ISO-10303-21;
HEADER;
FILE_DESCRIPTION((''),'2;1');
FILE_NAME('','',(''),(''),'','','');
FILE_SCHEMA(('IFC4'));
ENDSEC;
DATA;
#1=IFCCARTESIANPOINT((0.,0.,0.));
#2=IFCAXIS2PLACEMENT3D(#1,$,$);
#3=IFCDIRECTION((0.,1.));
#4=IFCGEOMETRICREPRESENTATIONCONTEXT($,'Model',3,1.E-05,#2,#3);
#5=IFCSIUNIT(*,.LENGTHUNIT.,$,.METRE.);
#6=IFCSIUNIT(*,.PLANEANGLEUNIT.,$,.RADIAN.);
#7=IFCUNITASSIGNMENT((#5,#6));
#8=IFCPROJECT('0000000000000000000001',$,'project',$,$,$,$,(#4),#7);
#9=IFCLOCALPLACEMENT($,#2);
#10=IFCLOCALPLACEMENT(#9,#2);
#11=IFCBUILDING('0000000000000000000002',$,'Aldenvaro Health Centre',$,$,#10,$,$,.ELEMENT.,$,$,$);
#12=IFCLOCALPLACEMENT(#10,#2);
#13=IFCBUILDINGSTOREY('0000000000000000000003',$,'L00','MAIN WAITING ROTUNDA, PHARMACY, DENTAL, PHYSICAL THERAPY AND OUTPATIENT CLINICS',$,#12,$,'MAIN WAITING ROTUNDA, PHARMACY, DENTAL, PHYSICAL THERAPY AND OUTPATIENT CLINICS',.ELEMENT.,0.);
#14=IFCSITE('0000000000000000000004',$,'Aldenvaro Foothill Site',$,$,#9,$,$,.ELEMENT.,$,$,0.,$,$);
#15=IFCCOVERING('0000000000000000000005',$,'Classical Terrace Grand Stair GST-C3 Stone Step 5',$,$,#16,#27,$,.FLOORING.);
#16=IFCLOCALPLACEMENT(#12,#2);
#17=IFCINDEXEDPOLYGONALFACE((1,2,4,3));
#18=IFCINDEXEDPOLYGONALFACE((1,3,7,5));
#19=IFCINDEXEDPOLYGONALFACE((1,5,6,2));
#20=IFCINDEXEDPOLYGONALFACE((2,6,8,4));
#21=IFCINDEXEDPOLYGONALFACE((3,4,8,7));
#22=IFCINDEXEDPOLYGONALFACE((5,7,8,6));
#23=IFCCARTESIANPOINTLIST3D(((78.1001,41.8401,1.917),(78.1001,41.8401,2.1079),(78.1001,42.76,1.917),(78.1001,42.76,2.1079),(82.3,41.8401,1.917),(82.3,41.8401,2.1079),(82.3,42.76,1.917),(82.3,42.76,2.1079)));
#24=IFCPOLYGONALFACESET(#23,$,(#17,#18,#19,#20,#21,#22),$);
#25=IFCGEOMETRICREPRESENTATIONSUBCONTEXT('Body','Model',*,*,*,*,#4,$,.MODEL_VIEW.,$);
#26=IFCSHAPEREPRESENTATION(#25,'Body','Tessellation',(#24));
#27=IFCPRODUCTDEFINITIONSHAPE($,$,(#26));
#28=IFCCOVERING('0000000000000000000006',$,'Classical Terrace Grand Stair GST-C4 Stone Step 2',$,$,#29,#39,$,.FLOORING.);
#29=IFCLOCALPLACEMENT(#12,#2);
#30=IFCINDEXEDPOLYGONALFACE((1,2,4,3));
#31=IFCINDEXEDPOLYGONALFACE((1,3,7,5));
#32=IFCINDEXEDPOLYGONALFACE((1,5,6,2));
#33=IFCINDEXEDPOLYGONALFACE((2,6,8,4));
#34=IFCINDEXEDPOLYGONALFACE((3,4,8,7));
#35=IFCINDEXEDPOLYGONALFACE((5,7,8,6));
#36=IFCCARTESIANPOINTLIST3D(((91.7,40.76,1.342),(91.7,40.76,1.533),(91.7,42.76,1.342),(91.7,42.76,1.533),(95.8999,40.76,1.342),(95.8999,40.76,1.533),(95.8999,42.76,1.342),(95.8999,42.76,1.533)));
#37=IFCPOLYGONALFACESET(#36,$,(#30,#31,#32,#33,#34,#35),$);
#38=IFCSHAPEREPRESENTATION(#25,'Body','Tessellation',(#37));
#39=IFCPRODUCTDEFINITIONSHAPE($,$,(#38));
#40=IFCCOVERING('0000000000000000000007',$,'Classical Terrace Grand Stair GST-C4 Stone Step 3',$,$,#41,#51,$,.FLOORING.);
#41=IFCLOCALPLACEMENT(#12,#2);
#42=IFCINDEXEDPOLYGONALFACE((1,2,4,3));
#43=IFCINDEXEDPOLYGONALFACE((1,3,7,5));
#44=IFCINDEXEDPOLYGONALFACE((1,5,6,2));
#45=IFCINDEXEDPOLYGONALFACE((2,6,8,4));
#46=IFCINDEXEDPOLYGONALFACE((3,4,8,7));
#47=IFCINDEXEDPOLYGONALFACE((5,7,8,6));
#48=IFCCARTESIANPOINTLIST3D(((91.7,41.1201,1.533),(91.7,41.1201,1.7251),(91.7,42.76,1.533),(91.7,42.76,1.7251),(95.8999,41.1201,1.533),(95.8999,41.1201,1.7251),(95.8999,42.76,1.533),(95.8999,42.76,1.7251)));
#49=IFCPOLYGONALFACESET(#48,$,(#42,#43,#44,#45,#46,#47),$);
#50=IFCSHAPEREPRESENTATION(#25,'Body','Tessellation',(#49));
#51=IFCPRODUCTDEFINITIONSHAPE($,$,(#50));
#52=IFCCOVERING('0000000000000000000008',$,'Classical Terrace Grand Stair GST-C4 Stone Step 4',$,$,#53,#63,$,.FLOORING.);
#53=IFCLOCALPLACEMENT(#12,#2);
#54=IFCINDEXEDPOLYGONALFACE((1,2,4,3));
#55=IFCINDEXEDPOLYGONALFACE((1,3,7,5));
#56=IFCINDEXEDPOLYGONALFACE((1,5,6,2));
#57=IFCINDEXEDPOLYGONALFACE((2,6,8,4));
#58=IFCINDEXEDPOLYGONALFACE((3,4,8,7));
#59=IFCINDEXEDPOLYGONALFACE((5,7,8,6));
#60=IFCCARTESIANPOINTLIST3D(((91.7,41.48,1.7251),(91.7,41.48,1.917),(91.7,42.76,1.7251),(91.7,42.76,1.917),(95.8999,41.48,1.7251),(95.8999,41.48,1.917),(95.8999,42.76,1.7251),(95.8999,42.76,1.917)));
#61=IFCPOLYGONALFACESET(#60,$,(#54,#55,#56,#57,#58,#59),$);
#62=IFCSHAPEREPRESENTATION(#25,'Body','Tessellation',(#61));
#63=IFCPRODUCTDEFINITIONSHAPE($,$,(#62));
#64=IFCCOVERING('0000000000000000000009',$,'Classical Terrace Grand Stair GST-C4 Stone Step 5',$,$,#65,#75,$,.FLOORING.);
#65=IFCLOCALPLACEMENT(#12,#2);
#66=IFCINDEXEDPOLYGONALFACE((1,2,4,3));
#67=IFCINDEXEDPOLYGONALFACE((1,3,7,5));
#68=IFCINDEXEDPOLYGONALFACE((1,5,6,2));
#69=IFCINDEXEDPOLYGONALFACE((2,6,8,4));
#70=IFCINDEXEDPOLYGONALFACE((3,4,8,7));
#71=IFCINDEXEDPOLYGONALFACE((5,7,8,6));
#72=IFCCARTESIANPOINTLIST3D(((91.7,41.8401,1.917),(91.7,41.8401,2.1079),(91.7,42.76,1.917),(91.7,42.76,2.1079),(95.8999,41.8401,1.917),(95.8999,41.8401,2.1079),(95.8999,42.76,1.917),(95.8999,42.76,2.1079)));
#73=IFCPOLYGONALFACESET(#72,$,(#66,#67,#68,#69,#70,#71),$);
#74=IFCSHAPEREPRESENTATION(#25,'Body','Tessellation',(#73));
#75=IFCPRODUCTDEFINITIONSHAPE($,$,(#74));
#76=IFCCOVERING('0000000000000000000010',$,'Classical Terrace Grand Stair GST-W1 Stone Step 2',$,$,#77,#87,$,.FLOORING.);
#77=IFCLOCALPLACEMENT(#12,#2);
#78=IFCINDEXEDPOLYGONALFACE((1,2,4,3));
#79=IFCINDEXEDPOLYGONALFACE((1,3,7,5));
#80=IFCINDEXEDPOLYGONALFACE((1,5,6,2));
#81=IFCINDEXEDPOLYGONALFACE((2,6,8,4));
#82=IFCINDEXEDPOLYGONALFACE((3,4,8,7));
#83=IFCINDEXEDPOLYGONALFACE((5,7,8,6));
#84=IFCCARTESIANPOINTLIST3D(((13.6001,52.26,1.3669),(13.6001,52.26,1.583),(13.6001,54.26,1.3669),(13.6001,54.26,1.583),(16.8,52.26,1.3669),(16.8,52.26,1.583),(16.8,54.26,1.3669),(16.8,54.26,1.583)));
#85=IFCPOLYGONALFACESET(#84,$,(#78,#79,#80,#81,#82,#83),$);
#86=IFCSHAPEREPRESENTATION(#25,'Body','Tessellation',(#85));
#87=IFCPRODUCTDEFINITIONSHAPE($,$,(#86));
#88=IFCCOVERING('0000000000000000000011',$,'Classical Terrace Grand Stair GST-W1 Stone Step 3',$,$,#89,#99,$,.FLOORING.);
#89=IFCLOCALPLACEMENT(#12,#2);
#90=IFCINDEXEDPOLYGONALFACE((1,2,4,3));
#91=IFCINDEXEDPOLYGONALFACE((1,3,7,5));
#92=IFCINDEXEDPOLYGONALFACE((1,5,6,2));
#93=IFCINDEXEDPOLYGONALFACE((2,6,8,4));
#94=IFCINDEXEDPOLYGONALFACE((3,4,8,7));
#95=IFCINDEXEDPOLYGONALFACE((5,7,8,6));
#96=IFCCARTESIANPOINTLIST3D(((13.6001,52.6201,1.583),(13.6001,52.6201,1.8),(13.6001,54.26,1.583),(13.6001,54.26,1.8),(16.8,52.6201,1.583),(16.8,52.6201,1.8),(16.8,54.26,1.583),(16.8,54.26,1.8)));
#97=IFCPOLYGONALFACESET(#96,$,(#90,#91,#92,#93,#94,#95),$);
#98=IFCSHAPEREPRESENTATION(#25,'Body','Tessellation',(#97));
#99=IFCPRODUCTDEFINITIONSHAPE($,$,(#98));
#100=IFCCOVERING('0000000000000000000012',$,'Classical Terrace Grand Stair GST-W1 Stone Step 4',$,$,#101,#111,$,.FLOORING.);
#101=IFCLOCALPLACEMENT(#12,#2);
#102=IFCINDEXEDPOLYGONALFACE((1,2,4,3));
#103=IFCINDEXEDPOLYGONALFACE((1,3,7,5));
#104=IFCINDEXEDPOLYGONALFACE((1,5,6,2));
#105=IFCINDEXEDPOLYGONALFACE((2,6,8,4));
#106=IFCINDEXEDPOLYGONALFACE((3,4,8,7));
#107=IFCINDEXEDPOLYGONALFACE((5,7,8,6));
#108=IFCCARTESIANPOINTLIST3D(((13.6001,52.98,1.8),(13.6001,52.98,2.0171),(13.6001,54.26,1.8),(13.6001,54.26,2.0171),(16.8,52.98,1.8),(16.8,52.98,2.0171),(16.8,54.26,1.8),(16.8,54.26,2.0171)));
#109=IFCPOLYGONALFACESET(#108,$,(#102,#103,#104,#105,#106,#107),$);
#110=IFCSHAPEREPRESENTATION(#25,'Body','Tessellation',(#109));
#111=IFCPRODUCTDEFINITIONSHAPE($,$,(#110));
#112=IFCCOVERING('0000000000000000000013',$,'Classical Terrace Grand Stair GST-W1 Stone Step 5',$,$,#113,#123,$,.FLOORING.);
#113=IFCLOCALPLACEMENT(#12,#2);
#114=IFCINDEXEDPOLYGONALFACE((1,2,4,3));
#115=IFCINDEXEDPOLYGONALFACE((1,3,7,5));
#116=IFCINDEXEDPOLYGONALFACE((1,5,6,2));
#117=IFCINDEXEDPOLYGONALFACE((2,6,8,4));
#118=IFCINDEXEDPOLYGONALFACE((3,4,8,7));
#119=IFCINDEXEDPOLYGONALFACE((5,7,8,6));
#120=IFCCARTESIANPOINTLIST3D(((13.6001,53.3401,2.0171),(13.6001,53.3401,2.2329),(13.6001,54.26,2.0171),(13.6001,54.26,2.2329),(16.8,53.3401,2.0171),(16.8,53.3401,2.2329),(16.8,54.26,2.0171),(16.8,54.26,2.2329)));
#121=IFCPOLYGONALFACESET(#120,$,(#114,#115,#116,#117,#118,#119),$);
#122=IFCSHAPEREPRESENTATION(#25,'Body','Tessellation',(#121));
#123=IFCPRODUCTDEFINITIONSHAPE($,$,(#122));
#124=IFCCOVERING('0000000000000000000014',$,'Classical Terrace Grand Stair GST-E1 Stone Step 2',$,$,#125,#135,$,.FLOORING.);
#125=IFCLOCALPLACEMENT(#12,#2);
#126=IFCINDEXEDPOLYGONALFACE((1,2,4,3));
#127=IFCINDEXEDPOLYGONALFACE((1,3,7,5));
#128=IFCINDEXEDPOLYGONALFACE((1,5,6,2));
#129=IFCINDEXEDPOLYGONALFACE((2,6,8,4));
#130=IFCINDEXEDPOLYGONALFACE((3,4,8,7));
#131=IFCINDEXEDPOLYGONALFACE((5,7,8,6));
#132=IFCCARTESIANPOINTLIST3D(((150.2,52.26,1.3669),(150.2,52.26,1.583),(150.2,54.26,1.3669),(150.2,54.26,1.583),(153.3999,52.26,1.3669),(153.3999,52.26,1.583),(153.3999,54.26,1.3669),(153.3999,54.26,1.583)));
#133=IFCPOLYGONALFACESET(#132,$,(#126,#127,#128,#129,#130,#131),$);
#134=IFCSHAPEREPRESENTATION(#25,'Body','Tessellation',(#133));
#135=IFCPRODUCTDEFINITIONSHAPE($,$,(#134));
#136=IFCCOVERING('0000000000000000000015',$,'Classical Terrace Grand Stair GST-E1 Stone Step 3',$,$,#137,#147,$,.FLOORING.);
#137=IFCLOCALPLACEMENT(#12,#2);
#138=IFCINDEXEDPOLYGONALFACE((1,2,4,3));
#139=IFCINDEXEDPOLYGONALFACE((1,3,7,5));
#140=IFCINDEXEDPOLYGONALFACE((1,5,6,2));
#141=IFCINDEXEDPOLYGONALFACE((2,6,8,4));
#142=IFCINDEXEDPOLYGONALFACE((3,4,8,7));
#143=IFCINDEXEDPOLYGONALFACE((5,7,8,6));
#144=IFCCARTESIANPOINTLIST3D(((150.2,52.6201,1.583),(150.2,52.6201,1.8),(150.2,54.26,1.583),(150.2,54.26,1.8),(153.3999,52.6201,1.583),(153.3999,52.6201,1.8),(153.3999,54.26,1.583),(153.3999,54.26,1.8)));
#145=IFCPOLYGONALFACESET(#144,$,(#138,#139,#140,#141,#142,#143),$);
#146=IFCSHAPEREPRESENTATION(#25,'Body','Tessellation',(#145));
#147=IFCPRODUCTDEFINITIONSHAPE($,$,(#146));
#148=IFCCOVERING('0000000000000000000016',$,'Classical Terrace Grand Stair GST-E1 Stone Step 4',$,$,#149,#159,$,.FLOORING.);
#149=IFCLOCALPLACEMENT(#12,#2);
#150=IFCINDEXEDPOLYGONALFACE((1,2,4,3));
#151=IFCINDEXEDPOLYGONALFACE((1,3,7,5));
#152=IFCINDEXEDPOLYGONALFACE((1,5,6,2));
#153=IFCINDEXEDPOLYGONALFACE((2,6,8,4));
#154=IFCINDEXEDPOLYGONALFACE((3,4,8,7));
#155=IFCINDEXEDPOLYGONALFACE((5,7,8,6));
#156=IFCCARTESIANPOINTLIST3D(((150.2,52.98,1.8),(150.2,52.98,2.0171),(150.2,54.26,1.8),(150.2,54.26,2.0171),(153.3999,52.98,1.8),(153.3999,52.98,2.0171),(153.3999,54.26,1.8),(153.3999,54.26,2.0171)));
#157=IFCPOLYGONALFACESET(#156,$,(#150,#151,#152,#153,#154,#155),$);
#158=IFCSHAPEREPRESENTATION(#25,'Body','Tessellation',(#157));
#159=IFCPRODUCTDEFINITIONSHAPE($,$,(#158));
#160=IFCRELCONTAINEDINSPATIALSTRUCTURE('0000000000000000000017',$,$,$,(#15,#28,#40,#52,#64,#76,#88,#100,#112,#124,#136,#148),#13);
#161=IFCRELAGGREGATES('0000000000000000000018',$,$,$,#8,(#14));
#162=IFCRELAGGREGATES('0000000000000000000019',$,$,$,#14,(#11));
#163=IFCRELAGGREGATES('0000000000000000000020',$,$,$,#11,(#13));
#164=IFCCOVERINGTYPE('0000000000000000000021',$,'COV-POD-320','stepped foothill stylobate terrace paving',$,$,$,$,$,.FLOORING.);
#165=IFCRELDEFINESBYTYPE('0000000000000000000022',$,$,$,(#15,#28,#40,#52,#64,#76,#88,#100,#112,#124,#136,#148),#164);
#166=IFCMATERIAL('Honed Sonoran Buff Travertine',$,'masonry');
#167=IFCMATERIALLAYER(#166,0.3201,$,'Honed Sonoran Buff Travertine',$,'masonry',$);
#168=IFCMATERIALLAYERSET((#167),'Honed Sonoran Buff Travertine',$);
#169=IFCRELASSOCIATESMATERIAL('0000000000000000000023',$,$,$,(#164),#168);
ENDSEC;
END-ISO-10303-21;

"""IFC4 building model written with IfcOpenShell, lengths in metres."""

from ifc_helpers import new_model, si_unit, direction, frame, origin, place, context, subcontext, project, spatial, polyline, outline, extrude, material, layer, layer_set, type_object, element, save


model = new_model("IFC4")

# Units and contexts
model_context = context("Model", 3, precision=1e-05, world=origin(), true_north=direction((0.0, 1.0)))
body_context = subcontext(model_context, "Body", "Model", "MODEL_VIEW")
ifc_project = project(units=[si_unit("LENGTHUNIT", "METRE"), si_unit("PLANEANGLEUNIT", "RADIAN")], contexts=[model_context])

# Site, building, storey
site_placement = place(None, origin())
site = spatial("IfcSite", under=ifc_project, at=site_placement, Name="Aldenvaro Foothill Site", CompositionType="ELEMENT", RefElevation=0.0)
building_placement = place(site_placement, origin())
building = spatial("IfcBuilding", under=site, at=building_placement, Name="Aldenvaro Health Centre", CompositionType="ELEMENT")
storey_placement = place(building_placement, origin())
storey = spatial("IfcBuildingStorey", under=building, at=storey_placement, Name="L00", Description="MAIN WAITING ROTUNDA, PHARMACY, DENTAL, PHYSICAL THERAPY AND OUTPATIENT CLINICS", LongName="MAIN WAITING ROTUNDA, PHARMACY, DENTAL, PHYSICAL THERAPY AND OUTPATIENT CLINICS", CompositionType="ELEMENT", Elevation=0.0)

# Coverings
ifc_material_1 = material(Name="Honed Sonoran Buff Travertine", Category="masonry")
ifc_layer_1 = layer(ifc_material_1, 0.3201, Name="Honed Sonoran Buff Travertine", Category="masonry")
ifc_layer_set_1 = layer_set([ifc_layer_1], Name="Honed Sonoran Buff Travertine")
covering_type = type_object("IfcCoveringType", Name="COV-POD-320", Description="stepped foothill stylobate terrace paving", PredefinedType="FLOORING", material=ifc_layer_set_1)
covering_1_placement = place(storey_placement, frame((0.0, 0.0, 1.917)))
element("IfcCovering", 1, at=covering_1_placement, inside=storey, type_object=covering_type, Name="Classical Terrace Grand Stair GST-C3 Stone Step 5", PredefinedType="FLOORING", context=body_context, shape_type="SweptSolid", body=[
    extrude(outline(polyline([(78.1001, 41.8401), (82.3, 41.8401), (82.3, 42.76), (78.1001, 42.76), (78.1001, 41.8401)])), origin(), (0.0, 0.0, 1.0), 0.1909),
])
covering_2_placement = place(storey_placement, frame((0.0, 0.0, 1.342)))
element("IfcCovering", 2, at=covering_2_placement, inside=storey, type_object=covering_type, Name="Classical Terrace Grand Stair GST-C4 Stone Step 2", PredefinedType="FLOORING", context=body_context, shape_type="SweptSolid", body=[
    extrude(outline(polyline([(91.7, 40.76), (95.8999, 40.76), (95.8999, 42.76), (91.7, 42.76), (91.7, 40.76)])), origin(), (0.0, 0.0, 1.0), 0.1909),
])
covering_3_placement = place(storey_placement, frame((0.0, 0.0, 1.533)))
element("IfcCovering", 3, at=covering_3_placement, inside=storey, type_object=covering_type, Name="Classical Terrace Grand Stair GST-C4 Stone Step 3", PredefinedType="FLOORING", context=body_context, shape_type="SweptSolid", body=[
    extrude(outline(polyline([(91.7, 41.1201), (95.8999, 41.1201), (95.8999, 42.76), (91.7, 42.76), (91.7, 41.1201)])), origin(), (0.0, 0.0, 1.0), 0.1921),
])
covering_4_placement = place(storey_placement, frame((0.0, 0.0, 1.7251)))
element("IfcCovering", 4, at=covering_4_placement, inside=storey, type_object=covering_type, Name="Classical Terrace Grand Stair GST-C4 Stone Step 4", PredefinedType="FLOORING", context=body_context, shape_type="SweptSolid", body=[
    extrude(outline(polyline([(91.7, 41.48), (95.8999, 41.48), (95.8999, 42.76), (91.7, 42.76), (91.7, 41.48)])), origin(), (0.0, 0.0, 1.0), 0.1919),
])
covering_5_placement = place(storey_placement, frame((0.0, 0.0, 1.917)))
element("IfcCovering", 5, at=covering_5_placement, inside=storey, type_object=covering_type, Name="Classical Terrace Grand Stair GST-C4 Stone Step 5", PredefinedType="FLOORING", context=body_context, shape_type="SweptSolid", body=[
    extrude(outline(polyline([(91.7, 41.8401), (95.8999, 41.8401), (95.8999, 42.76), (91.7, 42.76), (91.7, 41.8401)])), origin(), (0.0, 0.0, 1.0), 0.1909),
])
covering_6_placement = place(storey_placement, frame((0.0, 0.0, 1.3669)))
element("IfcCovering", 6, at=covering_6_placement, inside=storey, type_object=covering_type, Name="Classical Terrace Grand Stair GST-W1 Stone Step 2", PredefinedType="FLOORING", context=body_context, shape_type="SweptSolid", body=[
    extrude(outline(polyline([(13.6001, 52.26), (16.8, 52.26), (16.8, 54.26), (13.6001, 54.26), (13.6001, 52.26)])), origin(), (0.0, 0.0, 1.0), 0.2161),
])
covering_7_placement = place(storey_placement, frame((0.0, 0.0, 1.583)))
element("IfcCovering", 7, at=covering_7_placement, inside=storey, type_object=covering_type, Name="Classical Terrace Grand Stair GST-W1 Stone Step 3", PredefinedType="FLOORING", context=body_context, shape_type="SweptSolid", body=[
    extrude(outline(polyline([(13.6001, 52.6201), (16.8, 52.6201), (16.8, 54.26), (13.6001, 54.26), (13.6001, 52.6201)])), origin(), (0.0, 0.0, 1.0), 0.217),
])
covering_8_placement = place(storey_placement, frame((0.0, 0.0, 1.8)))
element("IfcCovering", 8, at=covering_8_placement, inside=storey, type_object=covering_type, Name="Classical Terrace Grand Stair GST-W1 Stone Step 4", PredefinedType="FLOORING", context=body_context, shape_type="SweptSolid", body=[
    extrude(outline(polyline([(13.6001, 52.98), (16.8, 52.98), (16.8, 54.26), (13.6001, 54.26), (13.6001, 52.98)])), origin(), (0.0, 0.0, 1.0), 0.217),
])
covering_9_placement = place(storey_placement, frame((0.0, 0.0, 2.0171)))
element("IfcCovering", 9, at=covering_9_placement, inside=storey, type_object=covering_type, Name="Classical Terrace Grand Stair GST-W1 Stone Step 5", PredefinedType="FLOORING", context=body_context, shape_type="SweptSolid", body=[
    extrude(outline(polyline([(13.6001, 53.3401), (16.8, 53.3401), (16.8, 54.26), (13.6001, 54.26), (13.6001, 53.3401)])), origin(), (0.0, 0.0, 1.0), 0.2158),
])
covering_10_placement = place(storey_placement, frame((0.0, 0.0, 1.3669)))
element("IfcCovering", 10, at=covering_10_placement, inside=storey, type_object=covering_type, Name="Classical Terrace Grand Stair GST-E1 Stone Step 2", PredefinedType="FLOORING", context=body_context, shape_type="SweptSolid", body=[
    extrude(outline(polyline([(150.2, 52.26), (153.3999, 52.26), (153.3999, 54.26), (150.2, 54.26), (150.2, 52.26)])), origin(), (0.0, 0.0, 1.0), 0.2161),
])
covering_11_placement = place(storey_placement, frame((0.0, 0.0, 1.583)))
element("IfcCovering", 11, at=covering_11_placement, inside=storey, type_object=covering_type, Name="Classical Terrace Grand Stair GST-E1 Stone Step 3", PredefinedType="FLOORING", context=body_context, shape_type="SweptSolid", body=[
    extrude(outline(polyline([(150.2, 52.6201), (153.3999, 52.6201), (153.3999, 54.26), (150.2, 54.26), (150.2, 52.6201)])), origin(), (0.0, 0.0, 1.0), 0.217),
])
covering_12_placement = place(storey_placement, frame((0.0, 0.0, 1.8)))
element("IfcCovering", 12, at=covering_12_placement, inside=storey, type_object=covering_type, Name="Classical Terrace Grand Stair GST-E1 Stone Step 4", PredefinedType="FLOORING", context=body_context, shape_type="SweptSolid", body=[
    extrude(outline(polyline([(150.2, 52.98), (153.3999, 52.98), (153.3999, 54.26), (150.2, 54.26), (150.2, 52.98)])), origin(), (0.0, 0.0, 1.0), 0.217),
])

save(model, "model.ifc")
